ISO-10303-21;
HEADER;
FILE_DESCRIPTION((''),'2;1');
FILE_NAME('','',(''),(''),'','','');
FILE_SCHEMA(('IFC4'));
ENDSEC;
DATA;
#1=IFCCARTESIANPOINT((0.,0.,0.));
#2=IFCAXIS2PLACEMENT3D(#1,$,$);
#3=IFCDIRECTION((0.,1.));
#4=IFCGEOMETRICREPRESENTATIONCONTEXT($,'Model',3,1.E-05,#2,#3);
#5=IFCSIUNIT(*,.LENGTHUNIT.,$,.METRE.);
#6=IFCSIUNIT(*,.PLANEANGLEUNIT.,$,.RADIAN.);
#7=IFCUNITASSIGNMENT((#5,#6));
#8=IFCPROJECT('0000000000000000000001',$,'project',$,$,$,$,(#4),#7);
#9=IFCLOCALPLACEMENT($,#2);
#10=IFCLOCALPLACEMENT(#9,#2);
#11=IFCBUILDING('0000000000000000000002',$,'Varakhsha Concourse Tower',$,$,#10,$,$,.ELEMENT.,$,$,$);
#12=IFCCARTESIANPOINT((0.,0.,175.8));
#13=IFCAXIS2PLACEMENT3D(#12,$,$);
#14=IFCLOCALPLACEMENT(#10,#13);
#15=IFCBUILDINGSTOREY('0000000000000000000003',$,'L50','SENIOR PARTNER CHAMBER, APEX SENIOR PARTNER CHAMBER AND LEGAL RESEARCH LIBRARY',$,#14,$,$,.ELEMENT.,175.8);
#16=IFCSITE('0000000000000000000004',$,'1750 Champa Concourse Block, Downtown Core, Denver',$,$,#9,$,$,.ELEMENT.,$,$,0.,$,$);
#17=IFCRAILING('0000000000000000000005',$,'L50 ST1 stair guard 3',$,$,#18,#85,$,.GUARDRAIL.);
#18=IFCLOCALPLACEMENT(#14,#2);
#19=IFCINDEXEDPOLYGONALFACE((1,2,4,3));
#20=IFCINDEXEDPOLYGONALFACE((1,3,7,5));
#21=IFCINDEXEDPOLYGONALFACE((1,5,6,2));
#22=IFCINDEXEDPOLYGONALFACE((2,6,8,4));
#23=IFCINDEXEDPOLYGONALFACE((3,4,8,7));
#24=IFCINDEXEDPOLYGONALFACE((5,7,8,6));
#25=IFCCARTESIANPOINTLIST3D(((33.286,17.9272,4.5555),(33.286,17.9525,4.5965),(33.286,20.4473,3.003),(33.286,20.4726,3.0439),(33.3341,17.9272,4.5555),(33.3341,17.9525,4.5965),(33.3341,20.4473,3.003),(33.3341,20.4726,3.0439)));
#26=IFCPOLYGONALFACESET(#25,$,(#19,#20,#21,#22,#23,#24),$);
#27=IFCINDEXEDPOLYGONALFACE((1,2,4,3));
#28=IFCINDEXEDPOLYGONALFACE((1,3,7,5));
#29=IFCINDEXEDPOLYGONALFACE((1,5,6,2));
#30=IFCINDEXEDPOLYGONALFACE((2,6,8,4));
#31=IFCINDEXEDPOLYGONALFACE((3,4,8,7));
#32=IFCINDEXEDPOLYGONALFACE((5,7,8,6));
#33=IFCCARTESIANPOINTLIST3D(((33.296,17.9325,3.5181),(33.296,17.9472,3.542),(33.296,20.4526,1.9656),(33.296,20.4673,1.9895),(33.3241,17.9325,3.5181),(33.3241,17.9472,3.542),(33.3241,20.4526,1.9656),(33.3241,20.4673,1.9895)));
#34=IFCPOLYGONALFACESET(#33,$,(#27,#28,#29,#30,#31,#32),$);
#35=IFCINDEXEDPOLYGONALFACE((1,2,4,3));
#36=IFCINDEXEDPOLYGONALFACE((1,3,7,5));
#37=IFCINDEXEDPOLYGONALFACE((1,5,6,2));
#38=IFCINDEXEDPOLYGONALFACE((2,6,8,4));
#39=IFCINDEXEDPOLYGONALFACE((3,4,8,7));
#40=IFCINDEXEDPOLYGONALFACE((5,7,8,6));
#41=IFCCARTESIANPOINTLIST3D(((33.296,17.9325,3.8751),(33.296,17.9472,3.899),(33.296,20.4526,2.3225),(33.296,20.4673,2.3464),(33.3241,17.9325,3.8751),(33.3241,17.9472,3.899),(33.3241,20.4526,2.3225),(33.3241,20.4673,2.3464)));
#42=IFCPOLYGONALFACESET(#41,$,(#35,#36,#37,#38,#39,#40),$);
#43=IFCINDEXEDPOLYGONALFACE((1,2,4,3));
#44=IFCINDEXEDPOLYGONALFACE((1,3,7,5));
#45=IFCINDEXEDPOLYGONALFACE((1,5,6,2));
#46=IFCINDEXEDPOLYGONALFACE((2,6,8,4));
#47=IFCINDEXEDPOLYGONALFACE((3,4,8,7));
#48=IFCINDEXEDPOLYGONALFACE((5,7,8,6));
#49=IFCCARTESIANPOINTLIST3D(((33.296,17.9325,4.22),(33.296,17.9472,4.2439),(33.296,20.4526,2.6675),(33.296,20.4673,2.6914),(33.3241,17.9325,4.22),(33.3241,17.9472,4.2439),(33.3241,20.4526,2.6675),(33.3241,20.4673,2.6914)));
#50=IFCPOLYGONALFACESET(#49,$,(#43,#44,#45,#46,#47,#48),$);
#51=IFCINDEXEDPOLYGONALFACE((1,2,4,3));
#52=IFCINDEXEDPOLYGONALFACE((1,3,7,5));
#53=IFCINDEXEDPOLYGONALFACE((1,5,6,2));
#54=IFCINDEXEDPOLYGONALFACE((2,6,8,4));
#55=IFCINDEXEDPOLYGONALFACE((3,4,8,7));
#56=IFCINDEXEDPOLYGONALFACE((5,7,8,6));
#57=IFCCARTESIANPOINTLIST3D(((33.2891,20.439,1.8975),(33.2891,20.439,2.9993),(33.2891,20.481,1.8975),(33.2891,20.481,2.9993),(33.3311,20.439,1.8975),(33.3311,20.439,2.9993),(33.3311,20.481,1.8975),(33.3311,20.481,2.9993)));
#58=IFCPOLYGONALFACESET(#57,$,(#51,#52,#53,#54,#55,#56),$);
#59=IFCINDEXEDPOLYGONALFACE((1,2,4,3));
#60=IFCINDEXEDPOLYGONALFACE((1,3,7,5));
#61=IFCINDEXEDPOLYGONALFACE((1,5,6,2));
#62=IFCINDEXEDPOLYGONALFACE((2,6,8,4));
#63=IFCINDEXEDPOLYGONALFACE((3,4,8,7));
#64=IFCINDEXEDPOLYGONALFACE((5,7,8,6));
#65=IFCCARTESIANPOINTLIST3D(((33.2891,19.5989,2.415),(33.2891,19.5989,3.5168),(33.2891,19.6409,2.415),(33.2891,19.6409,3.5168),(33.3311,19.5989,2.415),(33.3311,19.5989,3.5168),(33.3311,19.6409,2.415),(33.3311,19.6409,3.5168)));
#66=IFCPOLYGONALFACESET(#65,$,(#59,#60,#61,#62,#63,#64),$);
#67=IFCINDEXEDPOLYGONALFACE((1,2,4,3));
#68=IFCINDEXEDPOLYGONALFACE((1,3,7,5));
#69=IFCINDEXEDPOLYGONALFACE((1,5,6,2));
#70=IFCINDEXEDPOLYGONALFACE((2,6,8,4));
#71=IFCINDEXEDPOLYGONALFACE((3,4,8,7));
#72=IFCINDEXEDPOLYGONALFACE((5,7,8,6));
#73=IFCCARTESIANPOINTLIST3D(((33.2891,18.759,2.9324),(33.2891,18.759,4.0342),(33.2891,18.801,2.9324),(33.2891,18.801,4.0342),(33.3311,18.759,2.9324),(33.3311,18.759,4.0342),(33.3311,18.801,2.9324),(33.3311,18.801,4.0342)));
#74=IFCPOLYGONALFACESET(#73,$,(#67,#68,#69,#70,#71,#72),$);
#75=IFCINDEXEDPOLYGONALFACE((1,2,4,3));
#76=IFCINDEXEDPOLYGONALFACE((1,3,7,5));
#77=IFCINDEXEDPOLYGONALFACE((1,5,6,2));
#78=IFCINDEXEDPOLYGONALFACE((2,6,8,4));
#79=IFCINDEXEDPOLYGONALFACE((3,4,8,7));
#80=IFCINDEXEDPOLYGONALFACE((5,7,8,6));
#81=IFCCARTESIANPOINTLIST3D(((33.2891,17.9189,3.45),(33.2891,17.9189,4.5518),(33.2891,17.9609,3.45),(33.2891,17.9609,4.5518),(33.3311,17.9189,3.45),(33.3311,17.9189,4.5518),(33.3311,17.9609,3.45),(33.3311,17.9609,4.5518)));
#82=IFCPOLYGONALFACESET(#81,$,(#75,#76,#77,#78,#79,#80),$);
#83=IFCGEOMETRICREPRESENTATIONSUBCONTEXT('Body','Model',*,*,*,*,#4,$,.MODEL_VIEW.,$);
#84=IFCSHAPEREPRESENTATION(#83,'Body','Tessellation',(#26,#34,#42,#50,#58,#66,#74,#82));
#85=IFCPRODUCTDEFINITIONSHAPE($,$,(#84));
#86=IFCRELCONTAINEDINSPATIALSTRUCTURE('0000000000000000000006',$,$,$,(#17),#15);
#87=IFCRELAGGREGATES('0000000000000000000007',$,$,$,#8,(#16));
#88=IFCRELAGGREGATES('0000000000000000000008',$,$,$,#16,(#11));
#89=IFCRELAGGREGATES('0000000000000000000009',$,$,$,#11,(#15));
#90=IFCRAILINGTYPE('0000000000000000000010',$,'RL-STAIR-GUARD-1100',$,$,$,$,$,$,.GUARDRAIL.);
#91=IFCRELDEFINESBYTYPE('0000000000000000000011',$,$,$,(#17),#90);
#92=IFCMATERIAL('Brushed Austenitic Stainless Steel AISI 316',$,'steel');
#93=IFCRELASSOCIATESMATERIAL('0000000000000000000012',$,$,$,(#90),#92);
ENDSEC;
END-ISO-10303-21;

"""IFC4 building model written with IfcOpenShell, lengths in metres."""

from ifc_helpers import new_model, si_unit, direction, frame, origin, origin_2d, place, context, subcontext, project, spatial, rectangle, extrude, material, type_object, element, save


model = new_model("IFC4")

# Units and contexts
model_context = context("Model", 3, precision=1e-05, world=origin(), true_north=direction((0.0, 1.0)))
body_context = subcontext(model_context, "Body", "Model", "MODEL_VIEW")
ifc_project = project(units=[si_unit("LENGTHUNIT", "METRE"), si_unit("PLANEANGLEUNIT", "RADIAN")], contexts=[model_context])

# Site, building, storey
site_placement = place(None, origin())
site = spatial("IfcSite", under=ifc_project, at=site_placement, Name="1750 Champa Concourse Block, Downtown Core, Denver", CompositionType="ELEMENT", RefElevation=0.0)
building_placement = place(site_placement, origin())
building = spatial("IfcBuilding", under=site, at=building_placement, Name="Varakhsha Concourse Tower", CompositionType="ELEMENT")
storey_placement = place(building_placement, frame((0.0, 0.0, 175.8)))
storey = spatial("IfcBuildingStorey", under=building, at=storey_placement, Name="L50", Description="SENIOR PARTNER CHAMBER, APEX SENIOR PARTNER CHAMBER AND LEGAL RESEARCH LIBRARY", CompositionType="ELEMENT", Elevation=175.8)

# Shared definitions
ifc_material_1 = material(Name="Brushed Austenitic Stainless Steel AISI 316", Category="steel")

# Railing
railing_type = type_object("IfcRailingType", Name="RL-STAIR-GUARD-1100", PredefinedType="GUARDRAIL", material=ifc_material_1)
railing_1_placement = place(storey_placement, frame((33.3101, 20.46, 1.8975)))
element("IfcRailing", 1, at=railing_1_placement, inside=storey, type_object=railing_type, Name="L50 ST1 stair guard 3", PredefinedType="GUARDRAIL", context=body_context, shape_type="SweptSolid", body=[
    extrude(rectangle(XDim=0.0481, YDim=0.0481, at=origin_2d()), frame((0.0, 0.0, 1.126), z_axis=(0.0, -0.8514, 0.524516), x_axis=(1.0, 0.0, 0.0)), (0.0, 0.0, 1.0), 2.96),
    extrude(rectangle(XDim=0.0281, YDim=0.0281, at=origin_2d()), frame((0.0, 0.0, 0.0801), z_axis=(0.0, -0.8514, 0.524516), x_axis=(1.0, 0.0, 0.0)), (0.0, 0.0, 1.0), 2.96),
    extrude(rectangle(XDim=0.0281, YDim=0.0281, at=origin_2d()), frame((0.0, 0.0, 0.437), z_axis=(0.0, -0.8514, 0.524516), x_axis=(1.0, 0.0, 0.0)), (0.0, 0.0, 1.0), 2.96),
    extrude(rectangle(XDim=0.0281, YDim=0.0281, at=origin_2d()), frame((0.0, 0.0, 0.782), z_axis=(0.0, -0.8514, 0.524516), x_axis=(1.0, 0.0, 0.0)), (0.0, 0.0, 1.0), 2.96),
    extrude(rectangle(XDim=0.042, YDim=0.042, at=origin_2d()), origin(), (0.0, 0.0, 1.0), 1.1018),
    extrude(rectangle(XDim=0.042, YDim=0.042, at=origin_2d()), frame((0.0, -0.8401, 0.5176)), (0.0, 0.0, 1.0), 1.1018),
    extrude(rectangle(XDim=0.042, YDim=0.042, at=origin_2d()), frame((0.0, -1.6799, 1.0349)), (0.0, 0.0, 1.0), 1.1018),
    extrude(rectangle(XDim=0.042, YDim=0.042, at=origin_2d()), frame((0.0, -2.52, 1.5525)), (0.0, 0.0, 1.0), 1.1018),
])

save(model, "model.ifc")
